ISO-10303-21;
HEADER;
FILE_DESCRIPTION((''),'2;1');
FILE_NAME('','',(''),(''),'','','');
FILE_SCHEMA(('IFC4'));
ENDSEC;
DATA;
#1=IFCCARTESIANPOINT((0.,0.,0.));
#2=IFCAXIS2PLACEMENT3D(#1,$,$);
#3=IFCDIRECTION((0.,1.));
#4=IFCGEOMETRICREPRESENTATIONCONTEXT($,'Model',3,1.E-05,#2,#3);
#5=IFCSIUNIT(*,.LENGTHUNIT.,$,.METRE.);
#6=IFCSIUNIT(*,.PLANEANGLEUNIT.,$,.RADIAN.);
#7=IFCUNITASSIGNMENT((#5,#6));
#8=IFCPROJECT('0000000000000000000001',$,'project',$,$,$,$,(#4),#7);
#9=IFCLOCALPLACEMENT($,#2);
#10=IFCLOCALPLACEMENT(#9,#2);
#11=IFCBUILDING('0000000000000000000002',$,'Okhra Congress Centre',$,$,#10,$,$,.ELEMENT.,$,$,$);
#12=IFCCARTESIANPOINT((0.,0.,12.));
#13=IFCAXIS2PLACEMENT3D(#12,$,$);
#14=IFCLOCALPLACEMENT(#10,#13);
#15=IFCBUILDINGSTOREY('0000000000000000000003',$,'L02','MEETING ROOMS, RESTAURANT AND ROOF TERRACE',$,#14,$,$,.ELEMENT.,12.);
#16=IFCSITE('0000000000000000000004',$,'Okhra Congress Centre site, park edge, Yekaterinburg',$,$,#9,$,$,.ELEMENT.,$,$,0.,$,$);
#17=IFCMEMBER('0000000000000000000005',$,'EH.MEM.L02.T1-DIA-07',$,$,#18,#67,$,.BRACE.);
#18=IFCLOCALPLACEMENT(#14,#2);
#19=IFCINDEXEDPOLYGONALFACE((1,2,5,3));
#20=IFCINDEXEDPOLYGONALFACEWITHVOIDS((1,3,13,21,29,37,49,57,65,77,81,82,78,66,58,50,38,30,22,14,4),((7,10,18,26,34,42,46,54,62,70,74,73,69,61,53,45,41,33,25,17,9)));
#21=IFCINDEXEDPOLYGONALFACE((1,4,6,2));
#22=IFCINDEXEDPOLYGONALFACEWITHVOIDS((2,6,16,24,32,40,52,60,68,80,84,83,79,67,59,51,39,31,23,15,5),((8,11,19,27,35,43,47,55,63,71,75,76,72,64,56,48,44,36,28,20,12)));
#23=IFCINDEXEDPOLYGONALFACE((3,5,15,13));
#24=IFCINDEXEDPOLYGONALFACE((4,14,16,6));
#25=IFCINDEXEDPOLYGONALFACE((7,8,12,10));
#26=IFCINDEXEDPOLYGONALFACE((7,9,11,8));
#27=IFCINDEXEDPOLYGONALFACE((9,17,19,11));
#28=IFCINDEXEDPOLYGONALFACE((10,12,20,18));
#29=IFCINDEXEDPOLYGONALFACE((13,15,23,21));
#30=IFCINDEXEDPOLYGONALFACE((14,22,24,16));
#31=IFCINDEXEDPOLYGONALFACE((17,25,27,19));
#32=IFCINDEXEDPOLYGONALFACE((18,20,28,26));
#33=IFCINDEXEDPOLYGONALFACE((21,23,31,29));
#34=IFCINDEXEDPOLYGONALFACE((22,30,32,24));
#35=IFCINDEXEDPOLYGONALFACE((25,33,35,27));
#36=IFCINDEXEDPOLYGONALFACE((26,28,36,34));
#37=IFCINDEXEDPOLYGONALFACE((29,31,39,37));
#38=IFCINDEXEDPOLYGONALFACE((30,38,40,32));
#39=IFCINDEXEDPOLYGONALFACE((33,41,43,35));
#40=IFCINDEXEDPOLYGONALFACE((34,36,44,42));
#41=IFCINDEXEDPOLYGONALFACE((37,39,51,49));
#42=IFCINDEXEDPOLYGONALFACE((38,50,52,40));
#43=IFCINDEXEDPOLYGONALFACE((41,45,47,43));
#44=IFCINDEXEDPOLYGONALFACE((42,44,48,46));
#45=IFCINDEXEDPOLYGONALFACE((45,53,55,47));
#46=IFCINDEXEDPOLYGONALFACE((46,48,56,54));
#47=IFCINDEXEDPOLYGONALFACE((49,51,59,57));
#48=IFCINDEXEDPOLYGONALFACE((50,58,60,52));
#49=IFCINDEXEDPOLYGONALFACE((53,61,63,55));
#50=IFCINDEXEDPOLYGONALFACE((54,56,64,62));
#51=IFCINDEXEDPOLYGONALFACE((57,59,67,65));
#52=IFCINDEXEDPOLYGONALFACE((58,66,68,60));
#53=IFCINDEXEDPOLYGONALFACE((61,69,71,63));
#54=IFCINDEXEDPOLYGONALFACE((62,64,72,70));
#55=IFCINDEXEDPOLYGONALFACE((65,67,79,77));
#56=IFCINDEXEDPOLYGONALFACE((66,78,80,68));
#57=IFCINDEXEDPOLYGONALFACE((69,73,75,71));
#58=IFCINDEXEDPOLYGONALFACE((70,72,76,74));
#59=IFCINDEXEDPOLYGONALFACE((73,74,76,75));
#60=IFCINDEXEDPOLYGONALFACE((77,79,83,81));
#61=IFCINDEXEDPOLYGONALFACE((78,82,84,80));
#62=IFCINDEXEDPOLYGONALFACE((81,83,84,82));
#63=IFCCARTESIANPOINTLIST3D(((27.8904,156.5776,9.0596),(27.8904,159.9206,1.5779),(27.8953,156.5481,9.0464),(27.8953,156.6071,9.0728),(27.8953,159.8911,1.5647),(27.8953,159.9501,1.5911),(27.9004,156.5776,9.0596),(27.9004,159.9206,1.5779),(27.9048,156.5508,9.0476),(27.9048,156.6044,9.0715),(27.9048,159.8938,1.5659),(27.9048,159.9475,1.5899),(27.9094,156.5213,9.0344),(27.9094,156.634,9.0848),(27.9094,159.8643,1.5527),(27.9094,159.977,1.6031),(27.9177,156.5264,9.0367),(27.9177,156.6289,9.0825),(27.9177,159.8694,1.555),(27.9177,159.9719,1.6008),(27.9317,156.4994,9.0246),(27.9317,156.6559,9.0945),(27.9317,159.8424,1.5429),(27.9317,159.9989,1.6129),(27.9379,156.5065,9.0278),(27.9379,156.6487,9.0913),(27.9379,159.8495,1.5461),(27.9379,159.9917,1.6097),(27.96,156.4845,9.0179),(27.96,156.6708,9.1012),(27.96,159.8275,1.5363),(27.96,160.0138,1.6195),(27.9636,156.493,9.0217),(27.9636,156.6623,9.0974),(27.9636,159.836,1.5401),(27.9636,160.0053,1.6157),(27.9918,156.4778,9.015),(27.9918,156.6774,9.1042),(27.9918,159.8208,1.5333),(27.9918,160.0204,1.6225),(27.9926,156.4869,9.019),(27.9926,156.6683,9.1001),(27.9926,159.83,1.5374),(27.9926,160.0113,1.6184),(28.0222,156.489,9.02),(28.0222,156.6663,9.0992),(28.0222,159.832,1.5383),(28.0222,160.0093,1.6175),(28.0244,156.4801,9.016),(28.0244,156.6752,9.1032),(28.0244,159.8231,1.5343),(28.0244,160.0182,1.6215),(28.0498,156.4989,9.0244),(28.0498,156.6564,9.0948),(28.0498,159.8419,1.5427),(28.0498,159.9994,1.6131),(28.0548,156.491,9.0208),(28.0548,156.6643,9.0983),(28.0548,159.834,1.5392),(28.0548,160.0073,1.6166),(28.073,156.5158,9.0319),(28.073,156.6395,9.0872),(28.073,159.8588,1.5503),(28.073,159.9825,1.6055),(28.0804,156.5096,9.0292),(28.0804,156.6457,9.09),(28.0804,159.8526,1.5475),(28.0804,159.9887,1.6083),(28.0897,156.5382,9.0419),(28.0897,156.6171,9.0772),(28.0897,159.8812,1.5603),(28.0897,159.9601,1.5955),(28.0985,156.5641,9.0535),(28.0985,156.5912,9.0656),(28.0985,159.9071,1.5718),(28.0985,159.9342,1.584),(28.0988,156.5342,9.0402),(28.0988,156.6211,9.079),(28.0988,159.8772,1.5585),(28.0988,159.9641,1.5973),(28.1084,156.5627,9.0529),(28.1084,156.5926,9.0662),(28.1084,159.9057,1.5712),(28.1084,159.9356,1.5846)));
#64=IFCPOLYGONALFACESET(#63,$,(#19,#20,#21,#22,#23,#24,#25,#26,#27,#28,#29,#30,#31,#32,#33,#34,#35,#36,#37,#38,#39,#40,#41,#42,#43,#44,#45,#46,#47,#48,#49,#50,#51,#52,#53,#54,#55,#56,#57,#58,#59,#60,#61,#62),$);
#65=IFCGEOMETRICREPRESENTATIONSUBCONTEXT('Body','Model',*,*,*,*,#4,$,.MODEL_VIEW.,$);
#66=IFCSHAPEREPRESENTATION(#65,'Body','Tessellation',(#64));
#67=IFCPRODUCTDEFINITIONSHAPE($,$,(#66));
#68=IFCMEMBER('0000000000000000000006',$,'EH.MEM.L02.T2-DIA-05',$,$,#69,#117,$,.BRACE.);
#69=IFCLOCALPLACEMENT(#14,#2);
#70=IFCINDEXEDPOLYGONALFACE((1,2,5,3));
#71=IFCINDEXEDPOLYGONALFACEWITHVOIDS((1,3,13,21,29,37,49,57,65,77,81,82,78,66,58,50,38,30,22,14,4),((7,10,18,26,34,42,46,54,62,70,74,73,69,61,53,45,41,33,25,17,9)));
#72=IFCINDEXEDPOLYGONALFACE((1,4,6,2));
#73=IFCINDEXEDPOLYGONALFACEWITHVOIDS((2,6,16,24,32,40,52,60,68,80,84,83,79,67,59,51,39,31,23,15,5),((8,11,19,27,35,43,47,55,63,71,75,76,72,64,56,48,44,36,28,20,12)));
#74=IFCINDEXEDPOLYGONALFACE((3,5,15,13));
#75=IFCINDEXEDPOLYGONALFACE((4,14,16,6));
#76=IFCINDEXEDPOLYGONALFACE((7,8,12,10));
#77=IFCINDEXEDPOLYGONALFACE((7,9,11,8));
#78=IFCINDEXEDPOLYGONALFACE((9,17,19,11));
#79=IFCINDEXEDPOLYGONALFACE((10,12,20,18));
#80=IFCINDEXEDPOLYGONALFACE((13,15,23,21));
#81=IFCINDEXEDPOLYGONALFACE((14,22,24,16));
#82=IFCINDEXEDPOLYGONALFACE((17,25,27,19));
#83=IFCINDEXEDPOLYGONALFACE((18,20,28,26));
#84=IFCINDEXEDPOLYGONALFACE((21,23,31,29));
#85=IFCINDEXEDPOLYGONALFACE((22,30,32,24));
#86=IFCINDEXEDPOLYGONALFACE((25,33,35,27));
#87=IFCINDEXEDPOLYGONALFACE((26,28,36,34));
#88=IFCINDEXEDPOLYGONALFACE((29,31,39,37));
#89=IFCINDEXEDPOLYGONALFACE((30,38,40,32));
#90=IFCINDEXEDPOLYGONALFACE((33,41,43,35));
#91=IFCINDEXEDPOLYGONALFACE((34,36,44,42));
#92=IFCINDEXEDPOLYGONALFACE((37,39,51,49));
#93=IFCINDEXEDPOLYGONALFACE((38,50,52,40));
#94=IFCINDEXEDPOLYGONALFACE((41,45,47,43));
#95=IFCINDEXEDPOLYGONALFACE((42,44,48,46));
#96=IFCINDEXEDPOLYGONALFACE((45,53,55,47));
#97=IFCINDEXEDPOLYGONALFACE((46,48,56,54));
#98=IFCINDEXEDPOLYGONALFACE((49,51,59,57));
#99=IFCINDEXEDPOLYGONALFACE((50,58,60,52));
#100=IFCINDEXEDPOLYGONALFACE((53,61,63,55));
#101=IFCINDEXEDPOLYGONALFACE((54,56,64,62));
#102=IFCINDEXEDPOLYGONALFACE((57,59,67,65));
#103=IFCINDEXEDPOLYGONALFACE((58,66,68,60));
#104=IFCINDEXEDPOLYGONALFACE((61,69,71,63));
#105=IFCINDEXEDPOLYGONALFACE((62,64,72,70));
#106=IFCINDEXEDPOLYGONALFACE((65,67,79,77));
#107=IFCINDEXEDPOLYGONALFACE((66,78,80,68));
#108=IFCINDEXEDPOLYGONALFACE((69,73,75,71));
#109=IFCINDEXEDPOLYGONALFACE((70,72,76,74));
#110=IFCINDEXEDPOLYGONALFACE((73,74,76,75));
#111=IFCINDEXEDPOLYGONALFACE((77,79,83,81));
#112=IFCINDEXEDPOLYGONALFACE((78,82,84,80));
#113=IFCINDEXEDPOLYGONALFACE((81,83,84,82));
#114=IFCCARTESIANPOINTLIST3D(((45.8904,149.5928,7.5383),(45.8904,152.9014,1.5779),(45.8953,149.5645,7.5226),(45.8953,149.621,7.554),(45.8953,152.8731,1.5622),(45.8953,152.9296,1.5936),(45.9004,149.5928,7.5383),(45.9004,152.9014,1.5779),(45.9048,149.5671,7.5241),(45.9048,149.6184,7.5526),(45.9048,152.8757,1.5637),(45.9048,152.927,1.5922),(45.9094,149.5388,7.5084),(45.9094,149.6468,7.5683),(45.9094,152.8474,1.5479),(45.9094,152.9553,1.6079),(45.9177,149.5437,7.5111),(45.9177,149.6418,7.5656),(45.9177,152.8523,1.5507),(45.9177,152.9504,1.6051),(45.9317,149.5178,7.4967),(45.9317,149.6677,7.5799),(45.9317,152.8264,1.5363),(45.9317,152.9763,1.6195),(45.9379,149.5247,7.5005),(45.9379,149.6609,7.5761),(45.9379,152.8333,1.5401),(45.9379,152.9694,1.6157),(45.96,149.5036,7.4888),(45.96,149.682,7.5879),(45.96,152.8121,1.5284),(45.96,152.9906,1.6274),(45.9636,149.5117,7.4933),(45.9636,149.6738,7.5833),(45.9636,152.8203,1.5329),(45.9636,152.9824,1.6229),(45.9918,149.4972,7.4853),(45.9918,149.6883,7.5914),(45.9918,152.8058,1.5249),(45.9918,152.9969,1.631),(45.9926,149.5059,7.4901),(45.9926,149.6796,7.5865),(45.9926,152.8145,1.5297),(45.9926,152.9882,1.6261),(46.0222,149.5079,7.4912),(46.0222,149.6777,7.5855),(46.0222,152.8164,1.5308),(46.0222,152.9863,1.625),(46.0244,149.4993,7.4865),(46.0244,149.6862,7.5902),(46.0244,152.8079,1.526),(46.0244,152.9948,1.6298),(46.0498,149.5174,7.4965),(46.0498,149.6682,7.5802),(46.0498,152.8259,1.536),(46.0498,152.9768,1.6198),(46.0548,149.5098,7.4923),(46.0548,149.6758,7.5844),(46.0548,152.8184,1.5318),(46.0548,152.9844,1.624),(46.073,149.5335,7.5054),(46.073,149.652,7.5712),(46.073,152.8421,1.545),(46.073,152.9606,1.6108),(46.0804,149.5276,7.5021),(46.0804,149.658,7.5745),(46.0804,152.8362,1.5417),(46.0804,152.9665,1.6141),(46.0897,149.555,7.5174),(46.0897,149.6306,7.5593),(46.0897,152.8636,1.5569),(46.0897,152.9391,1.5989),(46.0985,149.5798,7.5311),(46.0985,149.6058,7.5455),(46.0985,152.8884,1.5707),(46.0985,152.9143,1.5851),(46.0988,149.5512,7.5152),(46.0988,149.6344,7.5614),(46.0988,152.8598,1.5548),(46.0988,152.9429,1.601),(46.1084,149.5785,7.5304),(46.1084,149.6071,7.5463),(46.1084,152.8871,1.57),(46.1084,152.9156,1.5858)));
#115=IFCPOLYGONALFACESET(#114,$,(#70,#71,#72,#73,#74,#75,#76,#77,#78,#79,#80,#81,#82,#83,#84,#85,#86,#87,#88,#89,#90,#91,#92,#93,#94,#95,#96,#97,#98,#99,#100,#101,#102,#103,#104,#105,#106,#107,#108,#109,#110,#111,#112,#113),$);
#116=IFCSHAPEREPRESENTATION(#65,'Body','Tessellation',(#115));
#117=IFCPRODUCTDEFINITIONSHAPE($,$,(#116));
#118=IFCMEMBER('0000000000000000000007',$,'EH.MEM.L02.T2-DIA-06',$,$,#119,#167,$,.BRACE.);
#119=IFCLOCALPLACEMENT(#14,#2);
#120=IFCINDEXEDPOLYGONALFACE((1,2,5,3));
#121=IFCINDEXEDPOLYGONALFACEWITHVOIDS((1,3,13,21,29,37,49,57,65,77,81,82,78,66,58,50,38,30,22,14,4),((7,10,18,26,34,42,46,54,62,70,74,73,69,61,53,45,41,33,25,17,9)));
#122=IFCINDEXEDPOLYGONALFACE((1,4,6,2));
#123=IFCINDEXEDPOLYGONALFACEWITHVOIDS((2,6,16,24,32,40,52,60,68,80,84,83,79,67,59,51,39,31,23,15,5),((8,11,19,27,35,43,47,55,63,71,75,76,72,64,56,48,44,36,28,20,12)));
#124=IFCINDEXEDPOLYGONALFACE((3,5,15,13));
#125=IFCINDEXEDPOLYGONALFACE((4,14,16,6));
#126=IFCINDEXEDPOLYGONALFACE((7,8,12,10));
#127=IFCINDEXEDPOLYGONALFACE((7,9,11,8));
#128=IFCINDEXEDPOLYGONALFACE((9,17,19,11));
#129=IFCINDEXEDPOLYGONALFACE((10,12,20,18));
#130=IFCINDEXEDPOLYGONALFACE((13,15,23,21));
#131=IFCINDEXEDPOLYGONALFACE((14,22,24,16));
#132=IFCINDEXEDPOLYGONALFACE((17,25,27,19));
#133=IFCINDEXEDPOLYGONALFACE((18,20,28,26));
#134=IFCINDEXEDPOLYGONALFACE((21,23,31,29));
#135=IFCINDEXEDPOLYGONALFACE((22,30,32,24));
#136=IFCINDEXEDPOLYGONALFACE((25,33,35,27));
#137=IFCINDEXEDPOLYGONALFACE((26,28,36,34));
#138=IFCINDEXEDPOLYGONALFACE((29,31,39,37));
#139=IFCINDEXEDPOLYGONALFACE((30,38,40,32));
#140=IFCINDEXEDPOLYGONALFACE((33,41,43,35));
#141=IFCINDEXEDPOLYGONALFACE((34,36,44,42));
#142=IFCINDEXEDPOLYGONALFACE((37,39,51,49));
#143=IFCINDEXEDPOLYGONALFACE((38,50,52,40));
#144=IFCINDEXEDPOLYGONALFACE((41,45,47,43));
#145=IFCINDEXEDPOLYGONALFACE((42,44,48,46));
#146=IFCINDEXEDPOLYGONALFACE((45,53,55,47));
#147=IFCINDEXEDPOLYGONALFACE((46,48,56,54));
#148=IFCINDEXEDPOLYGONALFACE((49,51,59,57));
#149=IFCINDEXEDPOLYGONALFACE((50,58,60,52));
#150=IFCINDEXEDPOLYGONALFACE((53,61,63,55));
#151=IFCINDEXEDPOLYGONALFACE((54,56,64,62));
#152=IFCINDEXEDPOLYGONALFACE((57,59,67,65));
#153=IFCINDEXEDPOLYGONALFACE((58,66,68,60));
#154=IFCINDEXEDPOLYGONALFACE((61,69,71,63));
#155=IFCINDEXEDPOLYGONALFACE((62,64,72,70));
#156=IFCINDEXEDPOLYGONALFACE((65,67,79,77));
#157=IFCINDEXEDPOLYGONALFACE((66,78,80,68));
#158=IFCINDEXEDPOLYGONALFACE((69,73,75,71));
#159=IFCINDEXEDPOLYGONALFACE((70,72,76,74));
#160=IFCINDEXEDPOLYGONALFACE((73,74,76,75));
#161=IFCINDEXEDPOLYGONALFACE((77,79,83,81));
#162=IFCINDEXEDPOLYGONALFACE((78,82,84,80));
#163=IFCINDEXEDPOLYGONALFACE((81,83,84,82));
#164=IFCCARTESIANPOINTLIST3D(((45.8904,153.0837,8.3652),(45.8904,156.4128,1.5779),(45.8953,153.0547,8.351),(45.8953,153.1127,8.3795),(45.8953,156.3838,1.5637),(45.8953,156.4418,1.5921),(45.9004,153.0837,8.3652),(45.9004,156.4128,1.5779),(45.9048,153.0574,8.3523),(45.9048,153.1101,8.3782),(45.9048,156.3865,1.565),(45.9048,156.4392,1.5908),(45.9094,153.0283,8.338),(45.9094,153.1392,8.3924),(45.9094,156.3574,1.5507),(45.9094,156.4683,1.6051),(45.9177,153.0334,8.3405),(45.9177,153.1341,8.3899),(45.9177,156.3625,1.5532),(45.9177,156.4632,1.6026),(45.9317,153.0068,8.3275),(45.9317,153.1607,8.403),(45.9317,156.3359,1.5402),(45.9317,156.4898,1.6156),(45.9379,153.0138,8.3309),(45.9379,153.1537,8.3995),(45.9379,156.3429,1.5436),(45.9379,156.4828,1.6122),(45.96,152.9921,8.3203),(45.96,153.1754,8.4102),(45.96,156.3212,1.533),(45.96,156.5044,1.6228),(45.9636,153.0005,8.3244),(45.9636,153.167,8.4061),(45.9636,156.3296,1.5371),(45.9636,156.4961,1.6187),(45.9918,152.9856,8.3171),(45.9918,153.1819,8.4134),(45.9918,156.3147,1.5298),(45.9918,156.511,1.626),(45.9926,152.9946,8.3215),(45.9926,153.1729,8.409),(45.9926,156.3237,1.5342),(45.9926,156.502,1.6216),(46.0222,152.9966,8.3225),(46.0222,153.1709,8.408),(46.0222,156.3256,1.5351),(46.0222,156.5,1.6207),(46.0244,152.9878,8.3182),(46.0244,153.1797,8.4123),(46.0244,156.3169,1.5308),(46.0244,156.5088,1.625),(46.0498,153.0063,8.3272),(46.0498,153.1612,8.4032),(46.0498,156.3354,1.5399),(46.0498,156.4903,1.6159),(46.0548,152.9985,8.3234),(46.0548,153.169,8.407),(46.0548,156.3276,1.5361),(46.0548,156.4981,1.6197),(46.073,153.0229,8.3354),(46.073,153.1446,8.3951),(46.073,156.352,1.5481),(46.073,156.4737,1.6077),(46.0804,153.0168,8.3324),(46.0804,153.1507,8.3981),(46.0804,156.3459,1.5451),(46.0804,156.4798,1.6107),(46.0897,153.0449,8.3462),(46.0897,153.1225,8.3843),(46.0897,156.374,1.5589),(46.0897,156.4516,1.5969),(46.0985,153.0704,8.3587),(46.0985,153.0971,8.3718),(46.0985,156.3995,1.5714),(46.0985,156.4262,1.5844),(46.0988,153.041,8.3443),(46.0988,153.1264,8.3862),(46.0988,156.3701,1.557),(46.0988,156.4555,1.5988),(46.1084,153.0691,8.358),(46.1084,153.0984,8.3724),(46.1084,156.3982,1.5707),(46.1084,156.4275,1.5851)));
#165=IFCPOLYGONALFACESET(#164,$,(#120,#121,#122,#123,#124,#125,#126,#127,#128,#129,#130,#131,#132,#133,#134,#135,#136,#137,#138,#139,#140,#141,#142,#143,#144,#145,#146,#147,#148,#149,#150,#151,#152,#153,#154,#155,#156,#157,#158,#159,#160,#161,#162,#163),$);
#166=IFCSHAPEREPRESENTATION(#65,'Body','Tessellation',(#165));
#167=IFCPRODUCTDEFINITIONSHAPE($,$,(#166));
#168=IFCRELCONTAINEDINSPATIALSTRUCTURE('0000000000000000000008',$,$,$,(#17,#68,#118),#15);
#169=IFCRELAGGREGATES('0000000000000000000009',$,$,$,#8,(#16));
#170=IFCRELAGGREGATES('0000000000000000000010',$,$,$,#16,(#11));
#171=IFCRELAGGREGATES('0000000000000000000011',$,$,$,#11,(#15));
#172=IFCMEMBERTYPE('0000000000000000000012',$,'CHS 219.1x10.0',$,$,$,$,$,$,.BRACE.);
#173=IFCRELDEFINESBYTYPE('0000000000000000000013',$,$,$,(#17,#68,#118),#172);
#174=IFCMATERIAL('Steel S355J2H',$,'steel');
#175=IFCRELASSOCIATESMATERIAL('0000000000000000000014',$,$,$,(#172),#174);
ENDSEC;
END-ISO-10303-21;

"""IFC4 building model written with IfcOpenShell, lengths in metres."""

from ifc_helpers import new_model, si_unit, direction, frame, origin, origin_2d, place, context, subcontext, project, spatial, hollow_circle, extrude, material, material_profile, profile_set, type_object, element, save


model = new_model("IFC4")

# Units and contexts
model_context = context("Model", 3, precision=1e-05, world=origin(), true_north=direction((0.0, 1.0)))
body_context = subcontext(model_context, "Body", "Model", "MODEL_VIEW")
ifc_project = project(units=[si_unit("LENGTHUNIT", "METRE"), si_unit("PLANEANGLEUNIT", "RADIAN")], contexts=[model_context])

# Site, building, storey
site_placement = place(None, origin())
site = spatial("IfcSite", under=ifc_project, at=site_placement, Name="Okhra Congress Centre site, park edge, Yekaterinburg", CompositionType="ELEMENT", RefElevation=0.0)
building_placement = place(site_placement, origin())
building = spatial("IfcBuilding", under=site, at=building_placement, Name="Okhra Congress Centre", CompositionType="ELEMENT")
storey_placement = place(building_placement, frame((0.0, 0.0, 12.0)))
storey = spatial("IfcBuildingStorey", under=building, at=storey_placement, Name="L02", Description="MEETING ROOMS, RESTAURANT AND ROOF TERRACE", CompositionType="ELEMENT", Elevation=12.0)

# Members
ifc_material_1 = material(Name="Steel S355J2H", Category="steel")
ifc_material_profile_1 = material_profile(ifc_material_1, hollow_circle(Radius=0.1096, WallThickness=0.01, at=origin_2d()), Name="CHS 219.1x10.0")
ifc_profile_set_1 = profile_set([ifc_material_profile_1], Name="Steel S355J2H")
member_type_1 = type_object("IfcMemberType", Name="CHS 219.1x10.0", PredefinedType="BRACE", material=ifc_profile_set_1)
member_1_placement = place(storey_placement, frame((28.0, 156.5776, 9.0596), z_axis=(0.0, 0.407954, -0.913003), x_axis=(-1.0, 0.0, 0.0)))
element("IfcMember", 1, at=member_1_placement, inside=storey, type_object=member_type_1, Name="EH.MEM.L02.T1-DIA-07", PredefinedType="BRACE", context=body_context, shape_type="SweptSolid", body=[
    extrude(hollow_circle(Radius=0.1096, WallThickness=0.01, at=origin_2d()), origin(), (0.0, 0.0, 1.0), 8.1946),
])
member_2_placement = place(storey_placement, frame((46.0, 149.5928, 7.5383), z_axis=(0.0, 0.485333, -0.87433), x_axis=(-1.0, 0.0, 0.0)))
element("IfcMember", 2, at=member_2_placement, inside=storey, type_object=member_type_1, Name="EH.MEM.L02.T2-DIA-05", PredefinedType="BRACE", context=body_context, shape_type="SweptSolid", body=[
    extrude(hollow_circle(Radius=0.1096, WallThickness=0.01, at=origin_2d()), origin(), (0.0, 0.0, 1.0), 6.8171),
])
member_3_placement = place(storey_placement, frame((46.0, 153.0837, 8.3652), z_axis=(0.0, 0.440367, -0.897818), x_axis=(-1.0, 0.0, 0.0)))
element("IfcMember", 3, at=member_3_placement, inside=storey, type_object=member_type_1, Name="EH.MEM.L02.T2-DIA-06", PredefinedType="BRACE", context=body_context, shape_type="SweptSolid", body=[
    extrude(hollow_circle(Radius=0.1096, WallThickness=0.01, at=origin_2d()), origin(), (0.0, 0.0, 1.0), 7.5598),
])

save(model, "model.ifc")
